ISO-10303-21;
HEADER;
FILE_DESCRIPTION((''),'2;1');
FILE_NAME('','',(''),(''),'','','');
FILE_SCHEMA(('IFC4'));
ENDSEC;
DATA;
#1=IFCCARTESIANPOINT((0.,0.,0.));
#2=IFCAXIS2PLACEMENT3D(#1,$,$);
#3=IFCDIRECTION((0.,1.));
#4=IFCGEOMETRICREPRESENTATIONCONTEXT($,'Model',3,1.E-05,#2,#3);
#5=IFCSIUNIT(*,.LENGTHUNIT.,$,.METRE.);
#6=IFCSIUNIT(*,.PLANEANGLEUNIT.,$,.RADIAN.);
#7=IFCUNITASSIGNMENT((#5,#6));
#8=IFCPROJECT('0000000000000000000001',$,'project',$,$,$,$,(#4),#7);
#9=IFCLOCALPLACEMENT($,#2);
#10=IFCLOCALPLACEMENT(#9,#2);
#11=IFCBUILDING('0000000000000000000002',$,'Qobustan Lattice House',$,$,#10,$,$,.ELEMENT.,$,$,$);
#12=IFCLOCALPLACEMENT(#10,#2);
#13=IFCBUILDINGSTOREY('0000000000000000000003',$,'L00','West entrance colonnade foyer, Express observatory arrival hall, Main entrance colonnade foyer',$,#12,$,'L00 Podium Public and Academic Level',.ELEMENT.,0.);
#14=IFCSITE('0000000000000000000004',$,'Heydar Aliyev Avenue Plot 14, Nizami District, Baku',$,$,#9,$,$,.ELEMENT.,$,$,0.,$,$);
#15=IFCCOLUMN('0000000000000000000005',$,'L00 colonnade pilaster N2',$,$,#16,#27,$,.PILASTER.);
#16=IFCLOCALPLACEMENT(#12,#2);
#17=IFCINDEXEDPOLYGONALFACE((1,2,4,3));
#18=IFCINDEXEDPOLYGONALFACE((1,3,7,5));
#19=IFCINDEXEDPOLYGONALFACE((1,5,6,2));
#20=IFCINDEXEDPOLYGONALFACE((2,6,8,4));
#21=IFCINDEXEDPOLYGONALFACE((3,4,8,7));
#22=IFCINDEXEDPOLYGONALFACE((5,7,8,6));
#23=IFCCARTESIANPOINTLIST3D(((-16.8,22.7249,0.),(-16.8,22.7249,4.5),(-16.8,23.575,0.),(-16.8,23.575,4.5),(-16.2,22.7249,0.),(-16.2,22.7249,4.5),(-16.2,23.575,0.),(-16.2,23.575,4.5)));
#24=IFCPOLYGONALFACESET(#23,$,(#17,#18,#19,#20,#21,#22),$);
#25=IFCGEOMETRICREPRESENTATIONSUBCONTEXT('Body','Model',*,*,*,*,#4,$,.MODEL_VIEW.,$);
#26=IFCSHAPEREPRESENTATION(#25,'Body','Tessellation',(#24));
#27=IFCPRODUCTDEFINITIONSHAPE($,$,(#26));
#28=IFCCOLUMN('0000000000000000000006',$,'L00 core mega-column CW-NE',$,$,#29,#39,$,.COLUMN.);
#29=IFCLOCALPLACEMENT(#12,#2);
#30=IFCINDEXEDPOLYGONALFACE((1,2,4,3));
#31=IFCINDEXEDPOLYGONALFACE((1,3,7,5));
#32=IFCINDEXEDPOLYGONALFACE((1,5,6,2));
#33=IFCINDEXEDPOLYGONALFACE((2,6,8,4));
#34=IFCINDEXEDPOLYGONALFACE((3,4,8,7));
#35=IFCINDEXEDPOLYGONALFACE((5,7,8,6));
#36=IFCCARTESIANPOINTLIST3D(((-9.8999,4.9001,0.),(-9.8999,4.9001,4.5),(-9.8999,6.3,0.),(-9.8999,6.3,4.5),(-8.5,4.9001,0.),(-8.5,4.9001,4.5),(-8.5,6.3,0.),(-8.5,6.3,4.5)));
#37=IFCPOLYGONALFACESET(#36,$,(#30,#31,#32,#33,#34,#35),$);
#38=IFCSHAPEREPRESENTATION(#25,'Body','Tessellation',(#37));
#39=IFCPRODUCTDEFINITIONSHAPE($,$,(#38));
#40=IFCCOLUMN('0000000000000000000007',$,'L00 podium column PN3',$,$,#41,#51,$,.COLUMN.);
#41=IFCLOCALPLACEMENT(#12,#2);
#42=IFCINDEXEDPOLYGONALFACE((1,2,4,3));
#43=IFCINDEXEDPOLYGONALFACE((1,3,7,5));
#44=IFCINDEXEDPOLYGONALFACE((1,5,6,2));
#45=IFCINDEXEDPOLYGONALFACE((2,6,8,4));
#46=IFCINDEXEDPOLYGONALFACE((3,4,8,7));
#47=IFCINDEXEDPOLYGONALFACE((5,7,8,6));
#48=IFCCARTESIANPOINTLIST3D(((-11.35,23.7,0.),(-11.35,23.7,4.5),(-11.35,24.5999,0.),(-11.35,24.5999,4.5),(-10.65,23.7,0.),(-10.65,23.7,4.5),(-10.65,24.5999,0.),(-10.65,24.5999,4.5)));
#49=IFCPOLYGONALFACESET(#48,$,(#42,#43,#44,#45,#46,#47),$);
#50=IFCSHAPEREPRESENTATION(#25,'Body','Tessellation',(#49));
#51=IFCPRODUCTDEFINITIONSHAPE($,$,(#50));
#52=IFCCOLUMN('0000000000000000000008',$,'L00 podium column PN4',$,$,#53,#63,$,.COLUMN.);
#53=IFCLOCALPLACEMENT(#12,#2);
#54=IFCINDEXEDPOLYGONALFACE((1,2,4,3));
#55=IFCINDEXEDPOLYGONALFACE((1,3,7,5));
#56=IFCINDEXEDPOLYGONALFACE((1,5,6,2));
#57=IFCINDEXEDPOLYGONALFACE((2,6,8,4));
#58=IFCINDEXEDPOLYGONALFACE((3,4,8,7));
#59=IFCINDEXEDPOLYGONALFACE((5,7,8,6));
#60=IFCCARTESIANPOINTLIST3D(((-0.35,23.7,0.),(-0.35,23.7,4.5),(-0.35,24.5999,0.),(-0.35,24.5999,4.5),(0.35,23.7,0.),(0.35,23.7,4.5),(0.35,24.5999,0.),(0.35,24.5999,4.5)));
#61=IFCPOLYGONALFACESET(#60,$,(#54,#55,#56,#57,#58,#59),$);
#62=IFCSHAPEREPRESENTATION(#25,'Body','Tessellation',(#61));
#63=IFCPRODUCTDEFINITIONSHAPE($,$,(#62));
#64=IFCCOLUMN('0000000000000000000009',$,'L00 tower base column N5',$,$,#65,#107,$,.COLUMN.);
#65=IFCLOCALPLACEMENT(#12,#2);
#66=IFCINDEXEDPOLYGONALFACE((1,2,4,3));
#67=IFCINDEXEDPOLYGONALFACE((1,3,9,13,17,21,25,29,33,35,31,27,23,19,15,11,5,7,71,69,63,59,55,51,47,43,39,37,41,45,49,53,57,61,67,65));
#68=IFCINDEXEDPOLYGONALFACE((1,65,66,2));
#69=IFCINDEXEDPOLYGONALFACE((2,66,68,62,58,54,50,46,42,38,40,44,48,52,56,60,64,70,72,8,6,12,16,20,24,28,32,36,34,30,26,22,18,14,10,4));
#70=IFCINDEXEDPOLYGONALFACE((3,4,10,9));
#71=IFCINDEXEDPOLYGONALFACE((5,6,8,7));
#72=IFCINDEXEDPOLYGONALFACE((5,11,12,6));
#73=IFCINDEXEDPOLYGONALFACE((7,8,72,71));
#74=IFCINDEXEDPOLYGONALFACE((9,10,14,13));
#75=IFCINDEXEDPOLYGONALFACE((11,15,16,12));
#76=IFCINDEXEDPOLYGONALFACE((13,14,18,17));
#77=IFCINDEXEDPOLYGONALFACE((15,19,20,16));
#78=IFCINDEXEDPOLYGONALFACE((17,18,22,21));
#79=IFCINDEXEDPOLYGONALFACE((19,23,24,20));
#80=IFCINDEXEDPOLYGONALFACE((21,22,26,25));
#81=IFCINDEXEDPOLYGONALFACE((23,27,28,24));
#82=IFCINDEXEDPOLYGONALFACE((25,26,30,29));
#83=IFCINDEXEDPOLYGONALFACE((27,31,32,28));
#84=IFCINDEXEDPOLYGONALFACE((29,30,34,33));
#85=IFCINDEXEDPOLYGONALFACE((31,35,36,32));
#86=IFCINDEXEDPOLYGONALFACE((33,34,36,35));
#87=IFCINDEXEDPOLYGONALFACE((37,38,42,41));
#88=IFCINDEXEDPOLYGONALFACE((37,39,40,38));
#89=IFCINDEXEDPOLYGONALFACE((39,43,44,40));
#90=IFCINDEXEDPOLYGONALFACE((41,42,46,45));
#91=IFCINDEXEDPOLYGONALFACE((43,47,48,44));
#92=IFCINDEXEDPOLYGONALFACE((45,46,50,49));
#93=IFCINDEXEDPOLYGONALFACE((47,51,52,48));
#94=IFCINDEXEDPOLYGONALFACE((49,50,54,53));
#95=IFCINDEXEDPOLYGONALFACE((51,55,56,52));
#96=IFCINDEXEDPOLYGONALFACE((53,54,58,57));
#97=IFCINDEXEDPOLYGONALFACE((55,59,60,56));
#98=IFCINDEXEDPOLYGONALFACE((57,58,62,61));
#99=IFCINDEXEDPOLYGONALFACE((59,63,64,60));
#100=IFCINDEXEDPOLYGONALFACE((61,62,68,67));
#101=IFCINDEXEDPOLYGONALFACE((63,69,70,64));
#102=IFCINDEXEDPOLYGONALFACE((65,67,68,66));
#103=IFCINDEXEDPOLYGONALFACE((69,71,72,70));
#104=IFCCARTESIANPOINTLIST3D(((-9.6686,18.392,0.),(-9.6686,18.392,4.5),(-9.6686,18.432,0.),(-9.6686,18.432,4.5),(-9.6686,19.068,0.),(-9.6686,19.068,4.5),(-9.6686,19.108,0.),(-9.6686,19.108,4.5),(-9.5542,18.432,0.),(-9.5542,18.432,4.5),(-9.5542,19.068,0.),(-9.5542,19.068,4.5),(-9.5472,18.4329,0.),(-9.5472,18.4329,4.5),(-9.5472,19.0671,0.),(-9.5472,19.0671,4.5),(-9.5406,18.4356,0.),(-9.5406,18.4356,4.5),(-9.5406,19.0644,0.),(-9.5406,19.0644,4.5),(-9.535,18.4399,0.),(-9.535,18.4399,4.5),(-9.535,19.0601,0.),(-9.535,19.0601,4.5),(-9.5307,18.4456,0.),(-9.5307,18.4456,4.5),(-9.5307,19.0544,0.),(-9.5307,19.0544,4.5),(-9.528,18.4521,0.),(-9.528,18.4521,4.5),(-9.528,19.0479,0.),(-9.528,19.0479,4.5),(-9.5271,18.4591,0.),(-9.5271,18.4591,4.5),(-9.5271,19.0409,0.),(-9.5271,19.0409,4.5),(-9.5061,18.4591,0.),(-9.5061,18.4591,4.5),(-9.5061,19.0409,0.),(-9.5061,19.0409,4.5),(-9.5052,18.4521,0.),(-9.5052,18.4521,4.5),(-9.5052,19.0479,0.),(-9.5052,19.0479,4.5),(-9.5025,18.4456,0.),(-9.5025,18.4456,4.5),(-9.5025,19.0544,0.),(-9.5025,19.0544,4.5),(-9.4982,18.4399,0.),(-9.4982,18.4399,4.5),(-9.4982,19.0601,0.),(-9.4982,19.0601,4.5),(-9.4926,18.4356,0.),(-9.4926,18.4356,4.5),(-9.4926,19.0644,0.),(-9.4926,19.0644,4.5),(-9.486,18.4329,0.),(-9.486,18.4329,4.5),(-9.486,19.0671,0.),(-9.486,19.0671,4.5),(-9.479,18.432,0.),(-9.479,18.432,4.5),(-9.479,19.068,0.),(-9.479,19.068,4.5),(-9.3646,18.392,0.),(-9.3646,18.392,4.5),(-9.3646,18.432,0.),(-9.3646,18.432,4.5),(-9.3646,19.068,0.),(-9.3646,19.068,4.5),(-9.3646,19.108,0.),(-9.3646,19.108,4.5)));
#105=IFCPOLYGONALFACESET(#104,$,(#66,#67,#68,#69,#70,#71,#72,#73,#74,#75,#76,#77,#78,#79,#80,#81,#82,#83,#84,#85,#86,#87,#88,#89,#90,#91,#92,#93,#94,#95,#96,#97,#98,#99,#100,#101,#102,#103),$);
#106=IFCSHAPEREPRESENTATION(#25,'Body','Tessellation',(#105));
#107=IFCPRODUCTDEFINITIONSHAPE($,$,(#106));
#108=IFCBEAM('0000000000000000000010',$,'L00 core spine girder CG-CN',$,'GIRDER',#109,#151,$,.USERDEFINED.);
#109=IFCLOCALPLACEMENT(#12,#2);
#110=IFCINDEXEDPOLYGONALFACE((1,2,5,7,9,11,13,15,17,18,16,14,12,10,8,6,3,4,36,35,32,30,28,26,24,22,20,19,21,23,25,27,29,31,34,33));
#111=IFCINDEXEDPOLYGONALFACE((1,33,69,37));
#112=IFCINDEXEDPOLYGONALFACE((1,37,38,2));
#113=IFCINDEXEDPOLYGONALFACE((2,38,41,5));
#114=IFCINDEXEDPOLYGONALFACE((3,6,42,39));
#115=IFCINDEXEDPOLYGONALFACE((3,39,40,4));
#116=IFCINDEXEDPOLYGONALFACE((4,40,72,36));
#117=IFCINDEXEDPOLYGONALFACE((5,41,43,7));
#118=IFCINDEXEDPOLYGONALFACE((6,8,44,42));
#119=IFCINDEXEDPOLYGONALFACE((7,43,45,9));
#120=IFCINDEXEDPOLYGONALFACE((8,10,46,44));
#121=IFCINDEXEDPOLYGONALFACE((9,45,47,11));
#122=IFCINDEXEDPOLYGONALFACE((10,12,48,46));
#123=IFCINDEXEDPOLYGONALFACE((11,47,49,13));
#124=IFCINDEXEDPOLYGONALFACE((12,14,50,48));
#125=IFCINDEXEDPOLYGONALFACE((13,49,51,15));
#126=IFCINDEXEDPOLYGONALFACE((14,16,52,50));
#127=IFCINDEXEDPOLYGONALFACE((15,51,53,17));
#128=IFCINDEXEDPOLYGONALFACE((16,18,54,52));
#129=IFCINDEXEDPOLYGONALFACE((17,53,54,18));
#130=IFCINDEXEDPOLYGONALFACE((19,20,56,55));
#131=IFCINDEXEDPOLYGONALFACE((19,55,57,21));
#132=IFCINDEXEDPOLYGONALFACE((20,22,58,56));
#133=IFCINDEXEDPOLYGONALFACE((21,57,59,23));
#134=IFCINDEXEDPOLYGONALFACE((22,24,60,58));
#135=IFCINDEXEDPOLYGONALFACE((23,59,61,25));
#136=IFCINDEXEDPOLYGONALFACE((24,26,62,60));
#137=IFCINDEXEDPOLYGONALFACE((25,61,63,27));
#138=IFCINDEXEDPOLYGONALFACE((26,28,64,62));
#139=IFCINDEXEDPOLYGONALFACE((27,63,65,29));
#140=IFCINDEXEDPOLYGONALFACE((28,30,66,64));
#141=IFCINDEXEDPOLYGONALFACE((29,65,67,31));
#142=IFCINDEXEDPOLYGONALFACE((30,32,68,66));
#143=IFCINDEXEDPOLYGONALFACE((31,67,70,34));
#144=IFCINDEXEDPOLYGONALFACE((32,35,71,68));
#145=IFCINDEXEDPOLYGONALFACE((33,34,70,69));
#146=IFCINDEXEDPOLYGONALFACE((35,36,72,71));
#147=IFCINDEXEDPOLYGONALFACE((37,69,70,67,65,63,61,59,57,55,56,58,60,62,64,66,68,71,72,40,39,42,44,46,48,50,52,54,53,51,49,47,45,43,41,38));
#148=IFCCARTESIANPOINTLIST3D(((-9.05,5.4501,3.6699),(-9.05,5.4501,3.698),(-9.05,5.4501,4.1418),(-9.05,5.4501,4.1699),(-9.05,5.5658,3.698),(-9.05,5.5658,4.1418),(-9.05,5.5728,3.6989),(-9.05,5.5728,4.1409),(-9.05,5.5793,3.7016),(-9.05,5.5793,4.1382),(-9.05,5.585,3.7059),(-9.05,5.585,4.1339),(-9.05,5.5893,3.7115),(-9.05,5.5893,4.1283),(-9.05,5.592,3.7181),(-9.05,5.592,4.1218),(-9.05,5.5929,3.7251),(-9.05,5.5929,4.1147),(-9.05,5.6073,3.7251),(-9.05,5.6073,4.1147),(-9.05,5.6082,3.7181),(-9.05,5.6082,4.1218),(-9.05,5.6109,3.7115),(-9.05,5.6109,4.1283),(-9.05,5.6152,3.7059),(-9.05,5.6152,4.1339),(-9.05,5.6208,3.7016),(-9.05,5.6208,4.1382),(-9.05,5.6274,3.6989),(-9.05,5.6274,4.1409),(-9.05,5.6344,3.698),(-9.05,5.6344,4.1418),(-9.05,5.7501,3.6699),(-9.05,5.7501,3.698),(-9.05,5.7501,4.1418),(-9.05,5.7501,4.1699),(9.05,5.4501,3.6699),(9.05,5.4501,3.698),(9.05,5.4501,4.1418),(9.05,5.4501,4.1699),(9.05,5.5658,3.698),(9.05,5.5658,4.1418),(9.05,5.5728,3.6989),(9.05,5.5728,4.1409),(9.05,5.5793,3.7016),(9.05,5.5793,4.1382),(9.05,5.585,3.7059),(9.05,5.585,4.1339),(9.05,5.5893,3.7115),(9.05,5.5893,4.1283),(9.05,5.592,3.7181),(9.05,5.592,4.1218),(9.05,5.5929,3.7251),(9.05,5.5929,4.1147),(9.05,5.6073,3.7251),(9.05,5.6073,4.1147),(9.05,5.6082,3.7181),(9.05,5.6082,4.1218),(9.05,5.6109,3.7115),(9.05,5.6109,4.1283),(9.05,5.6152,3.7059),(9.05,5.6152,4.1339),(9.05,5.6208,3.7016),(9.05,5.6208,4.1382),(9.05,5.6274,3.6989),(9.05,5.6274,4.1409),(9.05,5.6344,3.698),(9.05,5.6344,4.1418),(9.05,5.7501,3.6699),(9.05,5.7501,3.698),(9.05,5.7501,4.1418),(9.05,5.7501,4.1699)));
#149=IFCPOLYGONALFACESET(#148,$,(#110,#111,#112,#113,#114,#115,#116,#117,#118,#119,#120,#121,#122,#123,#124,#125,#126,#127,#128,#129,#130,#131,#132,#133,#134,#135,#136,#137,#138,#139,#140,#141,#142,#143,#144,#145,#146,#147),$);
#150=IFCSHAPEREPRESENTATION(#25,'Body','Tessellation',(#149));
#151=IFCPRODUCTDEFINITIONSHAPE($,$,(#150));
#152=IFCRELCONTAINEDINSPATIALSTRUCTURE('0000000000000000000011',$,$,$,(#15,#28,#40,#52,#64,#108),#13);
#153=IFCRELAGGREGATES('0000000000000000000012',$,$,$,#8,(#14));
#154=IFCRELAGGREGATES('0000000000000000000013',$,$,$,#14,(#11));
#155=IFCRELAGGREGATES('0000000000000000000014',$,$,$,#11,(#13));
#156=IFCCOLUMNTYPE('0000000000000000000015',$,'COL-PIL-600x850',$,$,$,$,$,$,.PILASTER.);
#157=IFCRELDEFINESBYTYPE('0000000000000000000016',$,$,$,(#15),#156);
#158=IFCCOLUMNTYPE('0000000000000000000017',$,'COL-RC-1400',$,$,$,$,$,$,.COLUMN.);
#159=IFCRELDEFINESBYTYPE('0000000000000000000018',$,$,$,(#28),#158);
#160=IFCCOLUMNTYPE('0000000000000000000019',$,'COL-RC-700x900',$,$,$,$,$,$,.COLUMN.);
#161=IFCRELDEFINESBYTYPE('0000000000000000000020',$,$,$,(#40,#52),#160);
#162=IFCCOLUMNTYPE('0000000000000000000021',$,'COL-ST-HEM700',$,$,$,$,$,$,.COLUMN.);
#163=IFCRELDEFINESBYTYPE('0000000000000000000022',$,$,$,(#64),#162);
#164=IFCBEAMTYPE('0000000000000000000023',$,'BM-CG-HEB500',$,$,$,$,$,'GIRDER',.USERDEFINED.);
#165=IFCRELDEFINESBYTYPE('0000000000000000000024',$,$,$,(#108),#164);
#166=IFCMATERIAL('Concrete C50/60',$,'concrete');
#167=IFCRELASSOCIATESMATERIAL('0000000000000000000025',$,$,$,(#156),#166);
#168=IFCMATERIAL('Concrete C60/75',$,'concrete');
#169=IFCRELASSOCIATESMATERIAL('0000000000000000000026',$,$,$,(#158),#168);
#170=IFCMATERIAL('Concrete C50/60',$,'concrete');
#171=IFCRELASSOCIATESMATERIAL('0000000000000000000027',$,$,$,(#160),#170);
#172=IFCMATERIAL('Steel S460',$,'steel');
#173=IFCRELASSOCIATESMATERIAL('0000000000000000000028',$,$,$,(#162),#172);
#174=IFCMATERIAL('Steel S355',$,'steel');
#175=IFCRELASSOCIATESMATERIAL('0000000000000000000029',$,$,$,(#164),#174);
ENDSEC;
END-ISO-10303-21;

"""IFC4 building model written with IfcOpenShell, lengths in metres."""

from ifc_helpers import new_model, si_unit, direction, frame, origin, origin_2d, place, context, subcontext, project, spatial, rectangle, i_section, extrude, material, material_profile, profile_set, type_object, element, save


model = new_model("IFC4")

# Units and contexts
model_context = context("Model", 3, precision=1e-05, world=origin(), true_north=direction((0.0, 1.0)))
body_context = subcontext(model_context, "Body", "Model", "MODEL_VIEW")
ifc_project = project(units=[si_unit("LENGTHUNIT", "METRE"), si_unit("PLANEANGLEUNIT", "RADIAN")], contexts=[model_context])

# Site, building, storey
site_placement = place(None, origin())
site = spatial("IfcSite", under=ifc_project, at=site_placement, Name="Heydar Aliyev Avenue Plot 14, Nizami District, Baku", CompositionType="ELEMENT", RefElevation=0.0)
building_placement = place(site_placement, origin())
building = spatial("IfcBuilding", under=site, at=building_placement, Name="Qobustan Lattice House", CompositionType="ELEMENT")
storey_placement = place(building_placement, origin())
storey = spatial("IfcBuildingStorey", under=building, at=storey_placement, Name="L00", Description="West entrance colonnade foyer, Express observatory arrival hall, Main entrance colonnade foyer", LongName="L00 Podium Public and Academic Level", CompositionType="ELEMENT", Elevation=0.0)

# Columns
ifc_material_1 = material(Name="Concrete C50/60", Category="concrete")
ifc_material_profile_1 = material_profile(ifc_material_1, rectangle(XDim=0.6001, YDim=0.8501, at=origin_2d()), Name="RC600x850")
ifc_profile_set_1 = profile_set([ifc_material_profile_1], Name="Concrete C50/60")
column_type_1 = type_object("IfcColumnType", Name="COL-PIL-600x850", PredefinedType="PILASTER", material=ifc_profile_set_1)
column_1_placement = place(storey_placement, frame((-16.5, 23.1499, 0.0), z_axis=(0.0, 0.0, 1.0), x_axis=(1.0, 0.0, 0.0)))
element("IfcColumn", 1, at=column_1_placement, inside=storey, type_object=column_type_1, Name="L00 colonnade pilaster N2", PredefinedType="PILASTER", context=body_context, shape_type="SweptSolid", body=[
    extrude(rectangle(XDim=0.6001, YDim=0.8501, at=origin_2d()), origin(), (0.0, 0.0, 1.0), 4.5),
])
ifc_material_2 = material(Name="Concrete C60/75", Category="concrete")
ifc_material_profile_2 = material_profile(ifc_material_2, rectangle(XDim=1.3999, YDim=1.3999, at=origin_2d()), Name="RC1400x1400")
ifc_profile_set_2 = profile_set([ifc_material_profile_2], Name="Concrete C60/75")
column_type_2 = type_object("IfcColumnType", Name="COL-RC-1400", PredefinedType="COLUMN", material=ifc_profile_set_2)
column_2_placement = place(storey_placement, frame((-9.2, 5.6001, 0.0), z_axis=(0.0, 0.0, 1.0), x_axis=(1.0, 0.0, 0.0)))
element("IfcColumn", 2, at=column_2_placement, inside=storey, type_object=column_type_2, Name="L00 core mega-column CW-NE", PredefinedType="COLUMN", context=body_context, shape_type="SweptSolid", body=[
    extrude(rectangle(XDim=1.3999, YDim=1.3999, at=origin_2d()), origin(), (0.0, 0.0, 1.0), 4.5),
])
ifc_material_3 = material(Name="Concrete C50/60", Category="concrete")
ifc_material_profile_3 = material_profile(ifc_material_3, rectangle(XDim=0.7, YDim=0.8999, at=origin_2d()), Name="RC700x900")
ifc_profile_set_3 = profile_set([ifc_material_profile_3], Name="Concrete C50/60")
column_type_3 = type_object("IfcColumnType", Name="COL-RC-700x900", PredefinedType="COLUMN", material=ifc_profile_set_3)
for number, where, z_axis, x_axis, name in (
    (3, (-11.0, 24.1499, 0.0), (0.0, 0.0, 1.0), (1.0, 0.0, 0.0), "L00 podium column PN3"),
    (4, (0.0, 24.1499, 0.0), (0.0, 0.0, 1.0), (1.0, 0.0, 0.0), "L00 podium column PN4"),
):
    element("IfcColumn", number, at=place(storey_placement, frame(where, z_axis=z_axis, x_axis=x_axis)), inside=storey, type_object=column_type_3, Name=name, PredefinedType="COLUMN", context=body_context, shape_type="SweptSolid", body=[
        extrude(rectangle(XDim=0.7, YDim=0.8999, at=origin_2d()), origin(), (0.0, 0.0, 1.0), 4.5),
    ])
ifc_material_4 = material(Name="Steel S460", Category="steel")
ifc_material_profile_4 = material_profile(ifc_material_4, i_section(OverallWidth=0.304, OverallDepth=0.7161, WebThickness=0.021, FlangeThickness=0.04, FilletRadius=0.0271, at=origin_2d()), Name="HEM700")
ifc_profile_set_4 = profile_set([ifc_material_profile_4], Name="Steel S460")
column_type_4 = type_object("IfcColumnType", Name="COL-ST-HEM700", PredefinedType="COLUMN", material=ifc_profile_set_4)
column_3_placement = place(storey_placement, frame((-9.5166, 18.75, 0.0), z_axis=(0.0, 0.0, 1.0), x_axis=(1.0, 0.0, 0.0)))
element("IfcColumn", 5, at=column_3_placement, inside=storey, type_object=column_type_4, Name="L00 tower base column N5", PredefinedType="COLUMN", context=body_context, shape_type="SweptSolid", body=[
    extrude(i_section(OverallWidth=0.304, OverallDepth=0.7161, WebThickness=0.021, FlangeThickness=0.04, FilletRadius=0.0271, at=origin_2d()), origin(), (0.0, 0.0, 1.0), 4.5),
])

# Beam
ifc_material_5 = material(Name="Steel S355", Category="steel")
ifc_material_profile_5 = material_profile(ifc_material_5, i_section(OverallWidth=0.3, OverallDepth=0.5, WebThickness=0.0144, FlangeThickness=0.0281, FilletRadius=0.0271, at=origin_2d()), Name="HEB500")
ifc_profile_set_5 = profile_set([ifc_material_profile_5], Name="Steel S355")
beam_type_1 = type_object("IfcBeamType", Name="BM-CG-HEB500", ElementType="GIRDER", PredefinedType="USERDEFINED", material=ifc_profile_set_5)
beam_1_placement = place(storey_placement, frame((-9.05, 5.6001, 3.9199), z_axis=(1.0, 0.0, 0.0), x_axis=(0.0, 1.0, 0.0)))
element("IfcBeam", 6, at=beam_1_placement, inside=storey, type_object=beam_type_1, Name="L00 core spine girder CG-CN", ObjectType="GIRDER", PredefinedType="USERDEFINED", context=body_context, shape_type="SweptSolid", body=[
    extrude(i_section(OverallWidth=0.3, OverallDepth=0.5, WebThickness=0.0144, FlangeThickness=0.0281, FilletRadius=0.0271, at=origin_2d()), origin(), (0.0, 0.0, 1.0), 18.1001),
])

save(model, "model.ifc")
